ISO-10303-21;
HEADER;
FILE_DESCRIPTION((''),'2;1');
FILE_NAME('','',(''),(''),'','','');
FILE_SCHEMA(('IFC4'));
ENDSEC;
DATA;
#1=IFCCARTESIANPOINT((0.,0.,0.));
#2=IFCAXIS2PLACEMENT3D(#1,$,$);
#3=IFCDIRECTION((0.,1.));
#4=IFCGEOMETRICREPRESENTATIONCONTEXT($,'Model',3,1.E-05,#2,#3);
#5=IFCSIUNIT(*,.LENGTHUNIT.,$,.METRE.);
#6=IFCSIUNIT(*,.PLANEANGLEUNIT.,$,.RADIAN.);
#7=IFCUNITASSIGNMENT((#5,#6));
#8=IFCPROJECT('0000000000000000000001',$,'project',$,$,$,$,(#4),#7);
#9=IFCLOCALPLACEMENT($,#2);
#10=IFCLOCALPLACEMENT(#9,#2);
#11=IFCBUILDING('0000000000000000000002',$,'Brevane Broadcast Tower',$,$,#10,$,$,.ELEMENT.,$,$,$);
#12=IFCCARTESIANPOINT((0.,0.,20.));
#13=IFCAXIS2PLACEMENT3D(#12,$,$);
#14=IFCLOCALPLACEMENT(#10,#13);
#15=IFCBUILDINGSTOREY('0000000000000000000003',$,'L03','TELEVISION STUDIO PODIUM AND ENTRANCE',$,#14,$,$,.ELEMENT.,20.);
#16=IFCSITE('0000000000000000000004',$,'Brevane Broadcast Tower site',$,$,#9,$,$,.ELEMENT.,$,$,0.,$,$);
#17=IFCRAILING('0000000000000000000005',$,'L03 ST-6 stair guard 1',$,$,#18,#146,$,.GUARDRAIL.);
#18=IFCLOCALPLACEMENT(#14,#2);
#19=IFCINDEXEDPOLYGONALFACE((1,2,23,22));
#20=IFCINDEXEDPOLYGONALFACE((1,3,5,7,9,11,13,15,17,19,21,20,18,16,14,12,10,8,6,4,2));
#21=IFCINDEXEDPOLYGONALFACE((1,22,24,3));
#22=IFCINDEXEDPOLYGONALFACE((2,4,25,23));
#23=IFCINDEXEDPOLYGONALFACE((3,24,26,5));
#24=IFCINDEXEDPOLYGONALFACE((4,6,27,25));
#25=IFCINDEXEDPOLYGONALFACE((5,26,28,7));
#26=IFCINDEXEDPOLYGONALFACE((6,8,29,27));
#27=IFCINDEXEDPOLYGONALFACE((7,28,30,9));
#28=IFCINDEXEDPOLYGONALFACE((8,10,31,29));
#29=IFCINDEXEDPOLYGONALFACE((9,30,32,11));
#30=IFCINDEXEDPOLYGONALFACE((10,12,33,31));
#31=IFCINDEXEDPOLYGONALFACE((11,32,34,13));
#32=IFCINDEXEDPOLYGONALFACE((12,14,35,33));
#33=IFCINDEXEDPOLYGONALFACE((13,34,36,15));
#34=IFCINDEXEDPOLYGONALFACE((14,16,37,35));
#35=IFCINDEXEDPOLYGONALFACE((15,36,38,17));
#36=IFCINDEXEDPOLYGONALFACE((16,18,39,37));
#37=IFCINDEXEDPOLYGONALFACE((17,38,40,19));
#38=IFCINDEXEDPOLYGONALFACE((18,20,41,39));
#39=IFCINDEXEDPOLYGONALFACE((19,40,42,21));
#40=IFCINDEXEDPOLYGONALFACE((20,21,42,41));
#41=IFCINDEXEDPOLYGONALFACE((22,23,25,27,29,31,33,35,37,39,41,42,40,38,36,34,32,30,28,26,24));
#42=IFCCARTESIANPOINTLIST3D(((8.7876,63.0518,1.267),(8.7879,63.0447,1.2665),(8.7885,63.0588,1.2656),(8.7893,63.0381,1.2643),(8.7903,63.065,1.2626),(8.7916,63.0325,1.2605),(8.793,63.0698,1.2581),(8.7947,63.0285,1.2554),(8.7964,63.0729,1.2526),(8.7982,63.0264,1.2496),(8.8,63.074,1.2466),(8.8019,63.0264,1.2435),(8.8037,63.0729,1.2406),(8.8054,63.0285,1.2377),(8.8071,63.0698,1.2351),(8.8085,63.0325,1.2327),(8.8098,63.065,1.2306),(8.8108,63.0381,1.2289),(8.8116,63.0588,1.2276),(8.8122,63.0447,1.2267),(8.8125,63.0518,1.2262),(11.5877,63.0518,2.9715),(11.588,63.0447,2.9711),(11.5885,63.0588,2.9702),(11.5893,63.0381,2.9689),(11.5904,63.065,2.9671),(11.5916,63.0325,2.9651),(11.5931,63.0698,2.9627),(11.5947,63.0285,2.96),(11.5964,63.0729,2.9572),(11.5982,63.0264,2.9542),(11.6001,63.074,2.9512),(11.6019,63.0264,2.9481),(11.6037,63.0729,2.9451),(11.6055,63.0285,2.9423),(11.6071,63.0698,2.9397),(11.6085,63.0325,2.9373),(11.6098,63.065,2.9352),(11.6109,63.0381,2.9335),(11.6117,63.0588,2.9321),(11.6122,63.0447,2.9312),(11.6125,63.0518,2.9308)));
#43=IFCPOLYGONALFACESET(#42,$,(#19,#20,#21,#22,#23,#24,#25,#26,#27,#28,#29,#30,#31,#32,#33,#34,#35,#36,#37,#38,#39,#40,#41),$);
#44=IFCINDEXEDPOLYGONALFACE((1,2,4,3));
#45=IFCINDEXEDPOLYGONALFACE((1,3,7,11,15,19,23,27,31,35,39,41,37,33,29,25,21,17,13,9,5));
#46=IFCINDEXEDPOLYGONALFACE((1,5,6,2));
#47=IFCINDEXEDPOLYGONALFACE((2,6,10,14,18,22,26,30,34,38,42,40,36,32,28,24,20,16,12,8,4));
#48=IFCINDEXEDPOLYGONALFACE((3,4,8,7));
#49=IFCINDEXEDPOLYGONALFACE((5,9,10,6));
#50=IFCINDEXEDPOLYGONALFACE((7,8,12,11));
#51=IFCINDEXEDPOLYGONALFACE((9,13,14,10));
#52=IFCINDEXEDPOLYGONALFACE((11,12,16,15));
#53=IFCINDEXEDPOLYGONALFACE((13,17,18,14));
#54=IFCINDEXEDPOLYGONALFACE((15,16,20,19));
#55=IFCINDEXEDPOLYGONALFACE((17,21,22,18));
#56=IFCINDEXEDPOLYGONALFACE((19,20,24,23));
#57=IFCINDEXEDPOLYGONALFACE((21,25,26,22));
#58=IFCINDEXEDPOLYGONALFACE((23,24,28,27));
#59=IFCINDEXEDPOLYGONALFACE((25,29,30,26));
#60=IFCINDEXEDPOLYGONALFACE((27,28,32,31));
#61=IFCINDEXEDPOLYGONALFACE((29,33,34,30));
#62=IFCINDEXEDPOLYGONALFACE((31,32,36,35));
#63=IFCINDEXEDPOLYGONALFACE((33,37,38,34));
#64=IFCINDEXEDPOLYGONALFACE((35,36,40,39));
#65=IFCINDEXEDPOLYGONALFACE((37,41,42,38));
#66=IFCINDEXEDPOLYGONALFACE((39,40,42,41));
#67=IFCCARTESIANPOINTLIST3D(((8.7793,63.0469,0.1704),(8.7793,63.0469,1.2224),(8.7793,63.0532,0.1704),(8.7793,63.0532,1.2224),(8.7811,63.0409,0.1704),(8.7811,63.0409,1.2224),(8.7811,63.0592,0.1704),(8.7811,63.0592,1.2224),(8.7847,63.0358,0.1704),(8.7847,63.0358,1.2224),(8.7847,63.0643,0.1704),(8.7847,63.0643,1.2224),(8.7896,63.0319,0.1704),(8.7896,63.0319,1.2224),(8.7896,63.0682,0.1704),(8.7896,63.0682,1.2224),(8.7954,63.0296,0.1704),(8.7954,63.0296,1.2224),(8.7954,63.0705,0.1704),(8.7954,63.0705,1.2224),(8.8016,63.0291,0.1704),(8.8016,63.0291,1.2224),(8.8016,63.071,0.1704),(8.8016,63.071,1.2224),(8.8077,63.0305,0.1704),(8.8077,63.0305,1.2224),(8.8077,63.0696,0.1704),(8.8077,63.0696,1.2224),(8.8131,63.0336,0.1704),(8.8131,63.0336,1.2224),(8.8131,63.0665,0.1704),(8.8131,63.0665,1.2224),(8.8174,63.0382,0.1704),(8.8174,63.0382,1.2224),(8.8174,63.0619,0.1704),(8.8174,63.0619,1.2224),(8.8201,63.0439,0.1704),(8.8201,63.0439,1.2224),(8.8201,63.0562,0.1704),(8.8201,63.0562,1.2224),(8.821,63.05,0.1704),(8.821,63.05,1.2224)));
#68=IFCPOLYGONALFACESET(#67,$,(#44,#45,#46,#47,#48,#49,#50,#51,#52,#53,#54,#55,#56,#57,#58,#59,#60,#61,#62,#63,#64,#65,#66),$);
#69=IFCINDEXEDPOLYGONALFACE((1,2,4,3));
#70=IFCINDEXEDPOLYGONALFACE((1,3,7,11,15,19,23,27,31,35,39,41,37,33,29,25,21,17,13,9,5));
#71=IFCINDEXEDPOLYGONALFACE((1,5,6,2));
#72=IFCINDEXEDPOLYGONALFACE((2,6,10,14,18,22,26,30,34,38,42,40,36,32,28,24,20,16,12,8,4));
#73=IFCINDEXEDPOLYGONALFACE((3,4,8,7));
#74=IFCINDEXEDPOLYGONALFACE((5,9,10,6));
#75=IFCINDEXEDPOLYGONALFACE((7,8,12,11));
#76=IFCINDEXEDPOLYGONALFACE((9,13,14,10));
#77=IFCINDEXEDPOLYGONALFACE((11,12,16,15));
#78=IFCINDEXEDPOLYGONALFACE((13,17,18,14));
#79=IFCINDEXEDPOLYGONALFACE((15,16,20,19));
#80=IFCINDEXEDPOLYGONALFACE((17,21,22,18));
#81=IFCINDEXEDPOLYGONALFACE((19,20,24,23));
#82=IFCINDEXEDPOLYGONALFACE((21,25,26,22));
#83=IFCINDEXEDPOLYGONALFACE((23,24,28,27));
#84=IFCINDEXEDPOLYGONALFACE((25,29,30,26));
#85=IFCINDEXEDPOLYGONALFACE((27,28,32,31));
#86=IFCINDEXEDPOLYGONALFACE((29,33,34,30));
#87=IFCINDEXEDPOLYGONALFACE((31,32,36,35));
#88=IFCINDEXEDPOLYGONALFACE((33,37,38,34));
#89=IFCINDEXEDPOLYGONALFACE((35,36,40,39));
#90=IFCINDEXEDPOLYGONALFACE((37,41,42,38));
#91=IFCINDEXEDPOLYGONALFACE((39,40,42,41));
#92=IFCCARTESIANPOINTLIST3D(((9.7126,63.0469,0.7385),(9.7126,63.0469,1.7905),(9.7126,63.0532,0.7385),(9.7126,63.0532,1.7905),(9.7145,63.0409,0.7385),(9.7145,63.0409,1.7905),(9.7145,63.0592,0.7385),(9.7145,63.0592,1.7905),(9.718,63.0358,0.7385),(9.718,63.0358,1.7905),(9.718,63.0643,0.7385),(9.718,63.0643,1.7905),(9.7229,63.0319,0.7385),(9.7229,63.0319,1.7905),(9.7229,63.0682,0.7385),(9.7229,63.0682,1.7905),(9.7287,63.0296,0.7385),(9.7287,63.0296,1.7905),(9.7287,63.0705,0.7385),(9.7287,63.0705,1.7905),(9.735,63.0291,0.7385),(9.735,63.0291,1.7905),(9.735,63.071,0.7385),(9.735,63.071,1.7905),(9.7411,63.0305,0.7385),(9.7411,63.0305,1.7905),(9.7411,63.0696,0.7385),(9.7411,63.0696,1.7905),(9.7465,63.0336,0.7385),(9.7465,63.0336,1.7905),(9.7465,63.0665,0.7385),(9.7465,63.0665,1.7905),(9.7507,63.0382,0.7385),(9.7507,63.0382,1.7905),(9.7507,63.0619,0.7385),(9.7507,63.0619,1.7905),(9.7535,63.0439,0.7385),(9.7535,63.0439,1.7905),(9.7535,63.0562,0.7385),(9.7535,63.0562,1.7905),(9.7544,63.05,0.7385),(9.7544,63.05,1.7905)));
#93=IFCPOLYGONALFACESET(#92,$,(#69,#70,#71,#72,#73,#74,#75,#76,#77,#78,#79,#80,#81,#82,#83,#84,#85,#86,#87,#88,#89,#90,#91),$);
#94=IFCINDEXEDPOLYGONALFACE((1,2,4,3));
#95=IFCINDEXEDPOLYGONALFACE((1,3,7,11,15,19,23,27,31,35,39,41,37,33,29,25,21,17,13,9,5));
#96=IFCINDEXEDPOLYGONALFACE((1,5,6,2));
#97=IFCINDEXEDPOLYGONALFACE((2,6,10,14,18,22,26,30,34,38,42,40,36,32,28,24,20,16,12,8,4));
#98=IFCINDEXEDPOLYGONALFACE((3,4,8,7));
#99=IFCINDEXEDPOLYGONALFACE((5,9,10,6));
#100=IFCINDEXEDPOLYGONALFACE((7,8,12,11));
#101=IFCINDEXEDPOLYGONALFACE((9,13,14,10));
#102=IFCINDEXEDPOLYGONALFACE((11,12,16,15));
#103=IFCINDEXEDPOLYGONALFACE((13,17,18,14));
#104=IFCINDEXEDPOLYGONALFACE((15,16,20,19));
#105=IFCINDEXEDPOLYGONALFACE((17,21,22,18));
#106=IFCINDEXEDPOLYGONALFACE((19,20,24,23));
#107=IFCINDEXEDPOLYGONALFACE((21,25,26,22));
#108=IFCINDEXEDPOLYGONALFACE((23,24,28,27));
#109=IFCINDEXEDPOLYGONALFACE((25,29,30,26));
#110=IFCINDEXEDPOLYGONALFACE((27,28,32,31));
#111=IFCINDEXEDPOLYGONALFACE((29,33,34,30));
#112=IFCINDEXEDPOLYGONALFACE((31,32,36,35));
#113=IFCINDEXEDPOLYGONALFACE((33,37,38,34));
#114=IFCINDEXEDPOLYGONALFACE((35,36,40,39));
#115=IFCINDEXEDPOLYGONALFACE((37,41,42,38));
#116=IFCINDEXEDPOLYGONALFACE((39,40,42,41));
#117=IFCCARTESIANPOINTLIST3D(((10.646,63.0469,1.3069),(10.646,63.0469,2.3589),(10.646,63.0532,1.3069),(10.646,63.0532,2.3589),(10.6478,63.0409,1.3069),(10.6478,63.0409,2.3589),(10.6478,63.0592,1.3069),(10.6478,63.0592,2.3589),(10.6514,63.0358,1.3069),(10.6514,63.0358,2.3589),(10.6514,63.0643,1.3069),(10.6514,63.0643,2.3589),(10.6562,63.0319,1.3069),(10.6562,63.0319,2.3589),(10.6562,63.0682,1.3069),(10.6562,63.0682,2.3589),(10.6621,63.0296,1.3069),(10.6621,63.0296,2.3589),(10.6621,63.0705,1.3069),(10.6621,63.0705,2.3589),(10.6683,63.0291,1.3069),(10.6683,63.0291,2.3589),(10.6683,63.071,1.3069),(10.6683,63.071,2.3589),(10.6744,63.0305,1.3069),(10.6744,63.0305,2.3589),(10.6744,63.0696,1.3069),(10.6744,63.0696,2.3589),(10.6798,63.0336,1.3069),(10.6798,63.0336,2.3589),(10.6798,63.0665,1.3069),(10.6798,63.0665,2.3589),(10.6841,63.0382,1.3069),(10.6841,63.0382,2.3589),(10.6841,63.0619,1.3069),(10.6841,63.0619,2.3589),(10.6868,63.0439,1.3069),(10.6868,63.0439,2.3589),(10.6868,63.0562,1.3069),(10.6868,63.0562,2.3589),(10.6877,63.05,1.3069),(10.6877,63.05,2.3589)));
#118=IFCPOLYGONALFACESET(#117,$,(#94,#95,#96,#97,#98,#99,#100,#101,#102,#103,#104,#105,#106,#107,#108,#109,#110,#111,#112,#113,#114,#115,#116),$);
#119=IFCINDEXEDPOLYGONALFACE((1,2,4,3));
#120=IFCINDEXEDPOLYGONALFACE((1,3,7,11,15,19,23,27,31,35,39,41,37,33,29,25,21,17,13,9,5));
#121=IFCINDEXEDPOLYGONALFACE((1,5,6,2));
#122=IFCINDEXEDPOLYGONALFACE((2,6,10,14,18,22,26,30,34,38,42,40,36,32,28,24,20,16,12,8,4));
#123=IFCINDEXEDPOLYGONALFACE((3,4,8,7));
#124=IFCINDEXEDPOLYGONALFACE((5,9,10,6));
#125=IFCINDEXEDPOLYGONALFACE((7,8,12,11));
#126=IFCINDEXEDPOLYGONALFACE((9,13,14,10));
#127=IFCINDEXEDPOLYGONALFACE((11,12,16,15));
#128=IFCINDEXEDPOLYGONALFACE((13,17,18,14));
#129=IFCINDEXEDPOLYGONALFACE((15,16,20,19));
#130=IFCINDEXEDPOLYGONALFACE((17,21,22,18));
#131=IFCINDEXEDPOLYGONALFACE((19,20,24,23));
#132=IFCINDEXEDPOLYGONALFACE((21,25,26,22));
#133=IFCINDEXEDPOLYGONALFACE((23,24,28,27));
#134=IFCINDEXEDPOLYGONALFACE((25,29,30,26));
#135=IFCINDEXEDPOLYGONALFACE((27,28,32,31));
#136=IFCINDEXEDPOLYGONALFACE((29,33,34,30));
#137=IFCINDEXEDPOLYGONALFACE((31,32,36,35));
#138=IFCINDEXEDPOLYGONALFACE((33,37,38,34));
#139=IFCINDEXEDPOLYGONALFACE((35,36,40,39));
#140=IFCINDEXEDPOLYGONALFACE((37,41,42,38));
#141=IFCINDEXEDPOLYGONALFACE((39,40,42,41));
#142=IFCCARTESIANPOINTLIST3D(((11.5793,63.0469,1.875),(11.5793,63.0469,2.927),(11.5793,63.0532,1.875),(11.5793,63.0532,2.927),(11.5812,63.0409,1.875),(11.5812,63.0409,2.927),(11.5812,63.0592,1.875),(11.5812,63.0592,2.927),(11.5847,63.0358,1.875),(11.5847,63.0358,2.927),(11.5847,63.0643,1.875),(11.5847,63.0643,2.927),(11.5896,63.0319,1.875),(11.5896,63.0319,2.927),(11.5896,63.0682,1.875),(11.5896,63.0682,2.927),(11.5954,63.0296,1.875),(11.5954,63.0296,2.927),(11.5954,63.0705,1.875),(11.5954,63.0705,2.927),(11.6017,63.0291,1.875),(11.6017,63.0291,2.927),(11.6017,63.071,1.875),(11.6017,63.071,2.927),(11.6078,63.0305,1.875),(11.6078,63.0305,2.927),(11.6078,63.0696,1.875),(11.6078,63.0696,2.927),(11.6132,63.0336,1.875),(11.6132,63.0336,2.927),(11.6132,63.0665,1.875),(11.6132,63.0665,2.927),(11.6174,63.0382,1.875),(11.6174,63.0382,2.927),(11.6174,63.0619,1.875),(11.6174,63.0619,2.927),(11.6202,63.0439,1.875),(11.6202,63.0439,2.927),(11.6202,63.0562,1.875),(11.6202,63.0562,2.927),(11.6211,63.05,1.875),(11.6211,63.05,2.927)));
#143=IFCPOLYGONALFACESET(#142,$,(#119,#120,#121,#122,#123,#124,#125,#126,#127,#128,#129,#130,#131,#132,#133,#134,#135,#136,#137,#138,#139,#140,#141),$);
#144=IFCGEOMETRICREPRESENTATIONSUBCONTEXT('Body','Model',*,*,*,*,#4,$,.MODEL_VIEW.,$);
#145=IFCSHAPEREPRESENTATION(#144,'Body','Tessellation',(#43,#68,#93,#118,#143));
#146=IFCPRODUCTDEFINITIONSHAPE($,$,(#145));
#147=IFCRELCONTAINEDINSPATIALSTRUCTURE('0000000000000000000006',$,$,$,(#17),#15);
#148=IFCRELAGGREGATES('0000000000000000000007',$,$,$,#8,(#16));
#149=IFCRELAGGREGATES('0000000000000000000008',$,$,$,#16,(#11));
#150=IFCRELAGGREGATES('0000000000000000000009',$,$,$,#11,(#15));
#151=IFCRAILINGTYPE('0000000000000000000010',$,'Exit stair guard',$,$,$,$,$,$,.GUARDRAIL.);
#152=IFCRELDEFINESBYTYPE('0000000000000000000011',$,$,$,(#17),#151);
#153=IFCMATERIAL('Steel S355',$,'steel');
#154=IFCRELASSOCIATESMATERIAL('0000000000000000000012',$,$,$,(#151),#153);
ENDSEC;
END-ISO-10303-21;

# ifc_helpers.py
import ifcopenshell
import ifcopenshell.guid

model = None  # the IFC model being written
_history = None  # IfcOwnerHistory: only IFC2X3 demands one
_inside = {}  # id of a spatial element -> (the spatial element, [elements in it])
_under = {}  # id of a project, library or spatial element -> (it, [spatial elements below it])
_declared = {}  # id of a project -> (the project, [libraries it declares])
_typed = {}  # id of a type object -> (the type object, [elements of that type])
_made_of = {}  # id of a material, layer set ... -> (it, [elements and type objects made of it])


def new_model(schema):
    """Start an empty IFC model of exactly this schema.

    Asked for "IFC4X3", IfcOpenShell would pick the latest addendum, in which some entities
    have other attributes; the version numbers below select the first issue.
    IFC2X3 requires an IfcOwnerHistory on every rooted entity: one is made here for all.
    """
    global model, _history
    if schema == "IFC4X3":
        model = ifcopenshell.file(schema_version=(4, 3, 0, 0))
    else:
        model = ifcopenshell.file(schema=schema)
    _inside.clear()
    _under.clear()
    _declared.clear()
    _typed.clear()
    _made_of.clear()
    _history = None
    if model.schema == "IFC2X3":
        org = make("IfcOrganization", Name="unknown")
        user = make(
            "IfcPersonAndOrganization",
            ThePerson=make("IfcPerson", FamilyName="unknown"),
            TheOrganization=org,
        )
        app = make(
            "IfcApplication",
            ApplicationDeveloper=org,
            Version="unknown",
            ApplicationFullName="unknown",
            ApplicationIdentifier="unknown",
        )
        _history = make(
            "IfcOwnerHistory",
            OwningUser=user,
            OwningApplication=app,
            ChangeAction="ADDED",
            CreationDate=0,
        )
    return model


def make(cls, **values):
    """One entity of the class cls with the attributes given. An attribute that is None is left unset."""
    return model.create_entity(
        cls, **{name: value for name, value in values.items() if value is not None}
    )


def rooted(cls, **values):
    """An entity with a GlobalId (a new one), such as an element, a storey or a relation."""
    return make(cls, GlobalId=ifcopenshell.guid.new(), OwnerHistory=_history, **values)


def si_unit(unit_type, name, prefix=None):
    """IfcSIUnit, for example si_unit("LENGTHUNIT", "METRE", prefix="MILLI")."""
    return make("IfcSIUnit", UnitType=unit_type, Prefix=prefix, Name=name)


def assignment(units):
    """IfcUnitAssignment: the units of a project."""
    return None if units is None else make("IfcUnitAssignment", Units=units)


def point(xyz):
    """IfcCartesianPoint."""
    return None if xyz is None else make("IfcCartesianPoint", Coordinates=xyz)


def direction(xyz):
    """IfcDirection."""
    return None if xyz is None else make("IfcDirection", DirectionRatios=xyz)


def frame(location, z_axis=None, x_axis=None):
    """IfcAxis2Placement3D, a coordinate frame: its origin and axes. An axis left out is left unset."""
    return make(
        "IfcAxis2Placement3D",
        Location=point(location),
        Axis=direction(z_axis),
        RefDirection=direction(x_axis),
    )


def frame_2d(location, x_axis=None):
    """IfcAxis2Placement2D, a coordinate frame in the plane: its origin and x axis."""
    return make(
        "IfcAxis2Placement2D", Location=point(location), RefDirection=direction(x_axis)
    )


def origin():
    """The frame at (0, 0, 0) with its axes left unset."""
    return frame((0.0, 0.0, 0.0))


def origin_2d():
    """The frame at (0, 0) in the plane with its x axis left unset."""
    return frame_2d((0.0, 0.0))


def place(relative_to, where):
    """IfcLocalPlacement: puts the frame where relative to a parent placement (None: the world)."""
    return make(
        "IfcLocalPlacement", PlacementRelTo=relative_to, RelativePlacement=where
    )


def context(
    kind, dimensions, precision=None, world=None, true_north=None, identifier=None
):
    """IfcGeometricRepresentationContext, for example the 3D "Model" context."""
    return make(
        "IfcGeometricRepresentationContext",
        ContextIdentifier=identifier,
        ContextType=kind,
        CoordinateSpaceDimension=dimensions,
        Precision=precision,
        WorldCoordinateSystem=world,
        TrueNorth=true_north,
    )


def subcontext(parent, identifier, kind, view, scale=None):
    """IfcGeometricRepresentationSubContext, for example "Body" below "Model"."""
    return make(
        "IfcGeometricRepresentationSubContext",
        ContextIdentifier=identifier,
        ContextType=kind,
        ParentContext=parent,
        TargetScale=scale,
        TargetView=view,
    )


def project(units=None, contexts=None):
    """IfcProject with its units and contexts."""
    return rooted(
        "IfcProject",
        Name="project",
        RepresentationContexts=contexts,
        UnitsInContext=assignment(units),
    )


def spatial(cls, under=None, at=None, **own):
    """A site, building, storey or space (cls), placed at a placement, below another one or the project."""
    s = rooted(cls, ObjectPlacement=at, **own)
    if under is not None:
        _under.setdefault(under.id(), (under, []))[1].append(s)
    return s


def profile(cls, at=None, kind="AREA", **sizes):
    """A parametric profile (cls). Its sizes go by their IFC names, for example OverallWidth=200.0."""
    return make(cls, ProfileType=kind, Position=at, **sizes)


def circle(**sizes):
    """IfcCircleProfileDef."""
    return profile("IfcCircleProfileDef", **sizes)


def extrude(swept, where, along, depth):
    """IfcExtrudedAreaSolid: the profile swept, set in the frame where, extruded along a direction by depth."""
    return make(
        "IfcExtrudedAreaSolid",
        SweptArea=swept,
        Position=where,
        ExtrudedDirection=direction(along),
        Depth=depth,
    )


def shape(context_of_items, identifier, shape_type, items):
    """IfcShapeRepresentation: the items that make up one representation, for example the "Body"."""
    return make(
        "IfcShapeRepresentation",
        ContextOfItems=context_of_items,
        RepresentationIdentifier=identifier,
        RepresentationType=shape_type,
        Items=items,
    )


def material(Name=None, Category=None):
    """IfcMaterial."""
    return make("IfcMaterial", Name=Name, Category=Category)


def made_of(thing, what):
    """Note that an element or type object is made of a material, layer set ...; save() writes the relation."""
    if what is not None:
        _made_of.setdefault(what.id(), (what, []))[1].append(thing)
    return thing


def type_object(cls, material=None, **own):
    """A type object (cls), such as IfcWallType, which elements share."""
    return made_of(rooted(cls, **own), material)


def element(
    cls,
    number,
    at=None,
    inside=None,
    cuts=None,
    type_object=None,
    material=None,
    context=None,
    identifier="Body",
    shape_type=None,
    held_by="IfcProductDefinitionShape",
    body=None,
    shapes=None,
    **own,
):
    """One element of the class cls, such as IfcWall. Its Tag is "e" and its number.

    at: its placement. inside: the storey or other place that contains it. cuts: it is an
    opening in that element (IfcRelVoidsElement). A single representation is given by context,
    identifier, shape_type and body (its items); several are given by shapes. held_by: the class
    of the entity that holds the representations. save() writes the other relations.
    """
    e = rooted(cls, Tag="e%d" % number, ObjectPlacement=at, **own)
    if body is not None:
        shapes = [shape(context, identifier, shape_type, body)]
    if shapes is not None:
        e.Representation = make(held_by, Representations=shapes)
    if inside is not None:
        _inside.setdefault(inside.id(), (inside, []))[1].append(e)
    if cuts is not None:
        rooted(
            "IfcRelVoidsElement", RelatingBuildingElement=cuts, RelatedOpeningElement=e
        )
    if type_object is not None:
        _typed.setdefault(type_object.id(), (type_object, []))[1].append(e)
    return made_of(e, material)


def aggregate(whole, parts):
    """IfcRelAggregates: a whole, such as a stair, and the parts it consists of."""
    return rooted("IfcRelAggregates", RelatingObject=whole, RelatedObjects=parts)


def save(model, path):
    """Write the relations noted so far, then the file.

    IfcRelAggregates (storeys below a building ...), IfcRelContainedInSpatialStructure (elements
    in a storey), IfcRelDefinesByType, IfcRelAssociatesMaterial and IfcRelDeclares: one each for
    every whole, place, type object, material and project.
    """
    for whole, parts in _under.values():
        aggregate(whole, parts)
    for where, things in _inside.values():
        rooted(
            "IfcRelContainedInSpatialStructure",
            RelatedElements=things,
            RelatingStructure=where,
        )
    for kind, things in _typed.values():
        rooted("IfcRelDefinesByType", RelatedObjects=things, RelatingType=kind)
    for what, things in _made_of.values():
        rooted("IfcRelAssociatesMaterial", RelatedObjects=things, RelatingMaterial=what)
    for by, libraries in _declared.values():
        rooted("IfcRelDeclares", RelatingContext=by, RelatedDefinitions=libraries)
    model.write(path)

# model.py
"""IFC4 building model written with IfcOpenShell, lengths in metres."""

from ifc_helpers import new_model, si_unit, direction, frame, origin, origin_2d, place, context, subcontext, project, spatial, circle, extrude, material, type_object, element, save


model = new_model("IFC4")

# Units and contexts
model_context = context("Model", 3, precision=1e-05, world=origin(), true_north=direction((0.0, 1.0)))
body_context = subcontext(model_context, "Body", "Model", "MODEL_VIEW")
ifc_project = project(units=[si_unit("LENGTHUNIT", "METRE"), si_unit("PLANEANGLEUNIT", "RADIAN")], contexts=[model_context])

# Site, building, storey
site_placement = place(None, origin())
site = spatial("IfcSite", under=ifc_project, at=site_placement, Name="Brevane Broadcast Tower site", CompositionType="ELEMENT", RefElevation=0.0)
building_placement = place(site_placement, origin())
building = spatial("IfcBuilding", under=site, at=building_placement, Name="Brevane Broadcast Tower", CompositionType="ELEMENT")
storey_placement = place(building_placement, frame((0.0, 0.0, 20.0)))
storey = spatial("IfcBuildingStorey", under=building, at=storey_placement, Name="L03", Description="TELEVISION STUDIO PODIUM AND ENTRANCE", CompositionType="ELEMENT", Elevation=20.0)

# Railing
ifc_material_1 = material(Name="Steel S355", Category="steel")
railing_type_1 = type_object("IfcRailingType", Name="Exit stair guard", PredefinedType="GUARDRAIL", material=ifc_material_1)
railing_1_placement = place(storey_placement, frame((8.8, 63.05, 0.1704)))
element("IfcRailing", 1, at=railing_1_placement, inside=storey, type_object=railing_type_1, Name="L03 ST-6 stair guard 1", PredefinedType="GUARDRAIL", context=body_context, shape_type="SweptSolid", body=[
    extrude(circle(Radius=0.0239, at=origin_2d()), frame((0.0, 0.0, 1.0762), z_axis=(0.85417, 0.0, 0.519994), x_axis=(0.0, 1.0, 0.0)), (0.0, 0.0, 1.0), 3.2781),
    extrude(circle(Radius=0.021, at=origin_2d()), origin(), (0.0, 0.0, 1.0), 1.052),
    extrude(circle(Radius=0.021, at=origin_2d()), frame((0.9333, 0.0, 0.5681)), (0.0, 0.0, 1.0), 1.052),
    extrude(circle(Radius=0.021, at=origin_2d()), frame((1.8667, 0.0, 1.1365)), (0.0, 0.0, 1.0), 1.052),
    extrude(circle(Radius=0.021, at=origin_2d()), frame((2.8, 0.0, 1.7046)), (0.0, 0.0, 1.0), 1.052),
])

save(model, "model.ifc")
